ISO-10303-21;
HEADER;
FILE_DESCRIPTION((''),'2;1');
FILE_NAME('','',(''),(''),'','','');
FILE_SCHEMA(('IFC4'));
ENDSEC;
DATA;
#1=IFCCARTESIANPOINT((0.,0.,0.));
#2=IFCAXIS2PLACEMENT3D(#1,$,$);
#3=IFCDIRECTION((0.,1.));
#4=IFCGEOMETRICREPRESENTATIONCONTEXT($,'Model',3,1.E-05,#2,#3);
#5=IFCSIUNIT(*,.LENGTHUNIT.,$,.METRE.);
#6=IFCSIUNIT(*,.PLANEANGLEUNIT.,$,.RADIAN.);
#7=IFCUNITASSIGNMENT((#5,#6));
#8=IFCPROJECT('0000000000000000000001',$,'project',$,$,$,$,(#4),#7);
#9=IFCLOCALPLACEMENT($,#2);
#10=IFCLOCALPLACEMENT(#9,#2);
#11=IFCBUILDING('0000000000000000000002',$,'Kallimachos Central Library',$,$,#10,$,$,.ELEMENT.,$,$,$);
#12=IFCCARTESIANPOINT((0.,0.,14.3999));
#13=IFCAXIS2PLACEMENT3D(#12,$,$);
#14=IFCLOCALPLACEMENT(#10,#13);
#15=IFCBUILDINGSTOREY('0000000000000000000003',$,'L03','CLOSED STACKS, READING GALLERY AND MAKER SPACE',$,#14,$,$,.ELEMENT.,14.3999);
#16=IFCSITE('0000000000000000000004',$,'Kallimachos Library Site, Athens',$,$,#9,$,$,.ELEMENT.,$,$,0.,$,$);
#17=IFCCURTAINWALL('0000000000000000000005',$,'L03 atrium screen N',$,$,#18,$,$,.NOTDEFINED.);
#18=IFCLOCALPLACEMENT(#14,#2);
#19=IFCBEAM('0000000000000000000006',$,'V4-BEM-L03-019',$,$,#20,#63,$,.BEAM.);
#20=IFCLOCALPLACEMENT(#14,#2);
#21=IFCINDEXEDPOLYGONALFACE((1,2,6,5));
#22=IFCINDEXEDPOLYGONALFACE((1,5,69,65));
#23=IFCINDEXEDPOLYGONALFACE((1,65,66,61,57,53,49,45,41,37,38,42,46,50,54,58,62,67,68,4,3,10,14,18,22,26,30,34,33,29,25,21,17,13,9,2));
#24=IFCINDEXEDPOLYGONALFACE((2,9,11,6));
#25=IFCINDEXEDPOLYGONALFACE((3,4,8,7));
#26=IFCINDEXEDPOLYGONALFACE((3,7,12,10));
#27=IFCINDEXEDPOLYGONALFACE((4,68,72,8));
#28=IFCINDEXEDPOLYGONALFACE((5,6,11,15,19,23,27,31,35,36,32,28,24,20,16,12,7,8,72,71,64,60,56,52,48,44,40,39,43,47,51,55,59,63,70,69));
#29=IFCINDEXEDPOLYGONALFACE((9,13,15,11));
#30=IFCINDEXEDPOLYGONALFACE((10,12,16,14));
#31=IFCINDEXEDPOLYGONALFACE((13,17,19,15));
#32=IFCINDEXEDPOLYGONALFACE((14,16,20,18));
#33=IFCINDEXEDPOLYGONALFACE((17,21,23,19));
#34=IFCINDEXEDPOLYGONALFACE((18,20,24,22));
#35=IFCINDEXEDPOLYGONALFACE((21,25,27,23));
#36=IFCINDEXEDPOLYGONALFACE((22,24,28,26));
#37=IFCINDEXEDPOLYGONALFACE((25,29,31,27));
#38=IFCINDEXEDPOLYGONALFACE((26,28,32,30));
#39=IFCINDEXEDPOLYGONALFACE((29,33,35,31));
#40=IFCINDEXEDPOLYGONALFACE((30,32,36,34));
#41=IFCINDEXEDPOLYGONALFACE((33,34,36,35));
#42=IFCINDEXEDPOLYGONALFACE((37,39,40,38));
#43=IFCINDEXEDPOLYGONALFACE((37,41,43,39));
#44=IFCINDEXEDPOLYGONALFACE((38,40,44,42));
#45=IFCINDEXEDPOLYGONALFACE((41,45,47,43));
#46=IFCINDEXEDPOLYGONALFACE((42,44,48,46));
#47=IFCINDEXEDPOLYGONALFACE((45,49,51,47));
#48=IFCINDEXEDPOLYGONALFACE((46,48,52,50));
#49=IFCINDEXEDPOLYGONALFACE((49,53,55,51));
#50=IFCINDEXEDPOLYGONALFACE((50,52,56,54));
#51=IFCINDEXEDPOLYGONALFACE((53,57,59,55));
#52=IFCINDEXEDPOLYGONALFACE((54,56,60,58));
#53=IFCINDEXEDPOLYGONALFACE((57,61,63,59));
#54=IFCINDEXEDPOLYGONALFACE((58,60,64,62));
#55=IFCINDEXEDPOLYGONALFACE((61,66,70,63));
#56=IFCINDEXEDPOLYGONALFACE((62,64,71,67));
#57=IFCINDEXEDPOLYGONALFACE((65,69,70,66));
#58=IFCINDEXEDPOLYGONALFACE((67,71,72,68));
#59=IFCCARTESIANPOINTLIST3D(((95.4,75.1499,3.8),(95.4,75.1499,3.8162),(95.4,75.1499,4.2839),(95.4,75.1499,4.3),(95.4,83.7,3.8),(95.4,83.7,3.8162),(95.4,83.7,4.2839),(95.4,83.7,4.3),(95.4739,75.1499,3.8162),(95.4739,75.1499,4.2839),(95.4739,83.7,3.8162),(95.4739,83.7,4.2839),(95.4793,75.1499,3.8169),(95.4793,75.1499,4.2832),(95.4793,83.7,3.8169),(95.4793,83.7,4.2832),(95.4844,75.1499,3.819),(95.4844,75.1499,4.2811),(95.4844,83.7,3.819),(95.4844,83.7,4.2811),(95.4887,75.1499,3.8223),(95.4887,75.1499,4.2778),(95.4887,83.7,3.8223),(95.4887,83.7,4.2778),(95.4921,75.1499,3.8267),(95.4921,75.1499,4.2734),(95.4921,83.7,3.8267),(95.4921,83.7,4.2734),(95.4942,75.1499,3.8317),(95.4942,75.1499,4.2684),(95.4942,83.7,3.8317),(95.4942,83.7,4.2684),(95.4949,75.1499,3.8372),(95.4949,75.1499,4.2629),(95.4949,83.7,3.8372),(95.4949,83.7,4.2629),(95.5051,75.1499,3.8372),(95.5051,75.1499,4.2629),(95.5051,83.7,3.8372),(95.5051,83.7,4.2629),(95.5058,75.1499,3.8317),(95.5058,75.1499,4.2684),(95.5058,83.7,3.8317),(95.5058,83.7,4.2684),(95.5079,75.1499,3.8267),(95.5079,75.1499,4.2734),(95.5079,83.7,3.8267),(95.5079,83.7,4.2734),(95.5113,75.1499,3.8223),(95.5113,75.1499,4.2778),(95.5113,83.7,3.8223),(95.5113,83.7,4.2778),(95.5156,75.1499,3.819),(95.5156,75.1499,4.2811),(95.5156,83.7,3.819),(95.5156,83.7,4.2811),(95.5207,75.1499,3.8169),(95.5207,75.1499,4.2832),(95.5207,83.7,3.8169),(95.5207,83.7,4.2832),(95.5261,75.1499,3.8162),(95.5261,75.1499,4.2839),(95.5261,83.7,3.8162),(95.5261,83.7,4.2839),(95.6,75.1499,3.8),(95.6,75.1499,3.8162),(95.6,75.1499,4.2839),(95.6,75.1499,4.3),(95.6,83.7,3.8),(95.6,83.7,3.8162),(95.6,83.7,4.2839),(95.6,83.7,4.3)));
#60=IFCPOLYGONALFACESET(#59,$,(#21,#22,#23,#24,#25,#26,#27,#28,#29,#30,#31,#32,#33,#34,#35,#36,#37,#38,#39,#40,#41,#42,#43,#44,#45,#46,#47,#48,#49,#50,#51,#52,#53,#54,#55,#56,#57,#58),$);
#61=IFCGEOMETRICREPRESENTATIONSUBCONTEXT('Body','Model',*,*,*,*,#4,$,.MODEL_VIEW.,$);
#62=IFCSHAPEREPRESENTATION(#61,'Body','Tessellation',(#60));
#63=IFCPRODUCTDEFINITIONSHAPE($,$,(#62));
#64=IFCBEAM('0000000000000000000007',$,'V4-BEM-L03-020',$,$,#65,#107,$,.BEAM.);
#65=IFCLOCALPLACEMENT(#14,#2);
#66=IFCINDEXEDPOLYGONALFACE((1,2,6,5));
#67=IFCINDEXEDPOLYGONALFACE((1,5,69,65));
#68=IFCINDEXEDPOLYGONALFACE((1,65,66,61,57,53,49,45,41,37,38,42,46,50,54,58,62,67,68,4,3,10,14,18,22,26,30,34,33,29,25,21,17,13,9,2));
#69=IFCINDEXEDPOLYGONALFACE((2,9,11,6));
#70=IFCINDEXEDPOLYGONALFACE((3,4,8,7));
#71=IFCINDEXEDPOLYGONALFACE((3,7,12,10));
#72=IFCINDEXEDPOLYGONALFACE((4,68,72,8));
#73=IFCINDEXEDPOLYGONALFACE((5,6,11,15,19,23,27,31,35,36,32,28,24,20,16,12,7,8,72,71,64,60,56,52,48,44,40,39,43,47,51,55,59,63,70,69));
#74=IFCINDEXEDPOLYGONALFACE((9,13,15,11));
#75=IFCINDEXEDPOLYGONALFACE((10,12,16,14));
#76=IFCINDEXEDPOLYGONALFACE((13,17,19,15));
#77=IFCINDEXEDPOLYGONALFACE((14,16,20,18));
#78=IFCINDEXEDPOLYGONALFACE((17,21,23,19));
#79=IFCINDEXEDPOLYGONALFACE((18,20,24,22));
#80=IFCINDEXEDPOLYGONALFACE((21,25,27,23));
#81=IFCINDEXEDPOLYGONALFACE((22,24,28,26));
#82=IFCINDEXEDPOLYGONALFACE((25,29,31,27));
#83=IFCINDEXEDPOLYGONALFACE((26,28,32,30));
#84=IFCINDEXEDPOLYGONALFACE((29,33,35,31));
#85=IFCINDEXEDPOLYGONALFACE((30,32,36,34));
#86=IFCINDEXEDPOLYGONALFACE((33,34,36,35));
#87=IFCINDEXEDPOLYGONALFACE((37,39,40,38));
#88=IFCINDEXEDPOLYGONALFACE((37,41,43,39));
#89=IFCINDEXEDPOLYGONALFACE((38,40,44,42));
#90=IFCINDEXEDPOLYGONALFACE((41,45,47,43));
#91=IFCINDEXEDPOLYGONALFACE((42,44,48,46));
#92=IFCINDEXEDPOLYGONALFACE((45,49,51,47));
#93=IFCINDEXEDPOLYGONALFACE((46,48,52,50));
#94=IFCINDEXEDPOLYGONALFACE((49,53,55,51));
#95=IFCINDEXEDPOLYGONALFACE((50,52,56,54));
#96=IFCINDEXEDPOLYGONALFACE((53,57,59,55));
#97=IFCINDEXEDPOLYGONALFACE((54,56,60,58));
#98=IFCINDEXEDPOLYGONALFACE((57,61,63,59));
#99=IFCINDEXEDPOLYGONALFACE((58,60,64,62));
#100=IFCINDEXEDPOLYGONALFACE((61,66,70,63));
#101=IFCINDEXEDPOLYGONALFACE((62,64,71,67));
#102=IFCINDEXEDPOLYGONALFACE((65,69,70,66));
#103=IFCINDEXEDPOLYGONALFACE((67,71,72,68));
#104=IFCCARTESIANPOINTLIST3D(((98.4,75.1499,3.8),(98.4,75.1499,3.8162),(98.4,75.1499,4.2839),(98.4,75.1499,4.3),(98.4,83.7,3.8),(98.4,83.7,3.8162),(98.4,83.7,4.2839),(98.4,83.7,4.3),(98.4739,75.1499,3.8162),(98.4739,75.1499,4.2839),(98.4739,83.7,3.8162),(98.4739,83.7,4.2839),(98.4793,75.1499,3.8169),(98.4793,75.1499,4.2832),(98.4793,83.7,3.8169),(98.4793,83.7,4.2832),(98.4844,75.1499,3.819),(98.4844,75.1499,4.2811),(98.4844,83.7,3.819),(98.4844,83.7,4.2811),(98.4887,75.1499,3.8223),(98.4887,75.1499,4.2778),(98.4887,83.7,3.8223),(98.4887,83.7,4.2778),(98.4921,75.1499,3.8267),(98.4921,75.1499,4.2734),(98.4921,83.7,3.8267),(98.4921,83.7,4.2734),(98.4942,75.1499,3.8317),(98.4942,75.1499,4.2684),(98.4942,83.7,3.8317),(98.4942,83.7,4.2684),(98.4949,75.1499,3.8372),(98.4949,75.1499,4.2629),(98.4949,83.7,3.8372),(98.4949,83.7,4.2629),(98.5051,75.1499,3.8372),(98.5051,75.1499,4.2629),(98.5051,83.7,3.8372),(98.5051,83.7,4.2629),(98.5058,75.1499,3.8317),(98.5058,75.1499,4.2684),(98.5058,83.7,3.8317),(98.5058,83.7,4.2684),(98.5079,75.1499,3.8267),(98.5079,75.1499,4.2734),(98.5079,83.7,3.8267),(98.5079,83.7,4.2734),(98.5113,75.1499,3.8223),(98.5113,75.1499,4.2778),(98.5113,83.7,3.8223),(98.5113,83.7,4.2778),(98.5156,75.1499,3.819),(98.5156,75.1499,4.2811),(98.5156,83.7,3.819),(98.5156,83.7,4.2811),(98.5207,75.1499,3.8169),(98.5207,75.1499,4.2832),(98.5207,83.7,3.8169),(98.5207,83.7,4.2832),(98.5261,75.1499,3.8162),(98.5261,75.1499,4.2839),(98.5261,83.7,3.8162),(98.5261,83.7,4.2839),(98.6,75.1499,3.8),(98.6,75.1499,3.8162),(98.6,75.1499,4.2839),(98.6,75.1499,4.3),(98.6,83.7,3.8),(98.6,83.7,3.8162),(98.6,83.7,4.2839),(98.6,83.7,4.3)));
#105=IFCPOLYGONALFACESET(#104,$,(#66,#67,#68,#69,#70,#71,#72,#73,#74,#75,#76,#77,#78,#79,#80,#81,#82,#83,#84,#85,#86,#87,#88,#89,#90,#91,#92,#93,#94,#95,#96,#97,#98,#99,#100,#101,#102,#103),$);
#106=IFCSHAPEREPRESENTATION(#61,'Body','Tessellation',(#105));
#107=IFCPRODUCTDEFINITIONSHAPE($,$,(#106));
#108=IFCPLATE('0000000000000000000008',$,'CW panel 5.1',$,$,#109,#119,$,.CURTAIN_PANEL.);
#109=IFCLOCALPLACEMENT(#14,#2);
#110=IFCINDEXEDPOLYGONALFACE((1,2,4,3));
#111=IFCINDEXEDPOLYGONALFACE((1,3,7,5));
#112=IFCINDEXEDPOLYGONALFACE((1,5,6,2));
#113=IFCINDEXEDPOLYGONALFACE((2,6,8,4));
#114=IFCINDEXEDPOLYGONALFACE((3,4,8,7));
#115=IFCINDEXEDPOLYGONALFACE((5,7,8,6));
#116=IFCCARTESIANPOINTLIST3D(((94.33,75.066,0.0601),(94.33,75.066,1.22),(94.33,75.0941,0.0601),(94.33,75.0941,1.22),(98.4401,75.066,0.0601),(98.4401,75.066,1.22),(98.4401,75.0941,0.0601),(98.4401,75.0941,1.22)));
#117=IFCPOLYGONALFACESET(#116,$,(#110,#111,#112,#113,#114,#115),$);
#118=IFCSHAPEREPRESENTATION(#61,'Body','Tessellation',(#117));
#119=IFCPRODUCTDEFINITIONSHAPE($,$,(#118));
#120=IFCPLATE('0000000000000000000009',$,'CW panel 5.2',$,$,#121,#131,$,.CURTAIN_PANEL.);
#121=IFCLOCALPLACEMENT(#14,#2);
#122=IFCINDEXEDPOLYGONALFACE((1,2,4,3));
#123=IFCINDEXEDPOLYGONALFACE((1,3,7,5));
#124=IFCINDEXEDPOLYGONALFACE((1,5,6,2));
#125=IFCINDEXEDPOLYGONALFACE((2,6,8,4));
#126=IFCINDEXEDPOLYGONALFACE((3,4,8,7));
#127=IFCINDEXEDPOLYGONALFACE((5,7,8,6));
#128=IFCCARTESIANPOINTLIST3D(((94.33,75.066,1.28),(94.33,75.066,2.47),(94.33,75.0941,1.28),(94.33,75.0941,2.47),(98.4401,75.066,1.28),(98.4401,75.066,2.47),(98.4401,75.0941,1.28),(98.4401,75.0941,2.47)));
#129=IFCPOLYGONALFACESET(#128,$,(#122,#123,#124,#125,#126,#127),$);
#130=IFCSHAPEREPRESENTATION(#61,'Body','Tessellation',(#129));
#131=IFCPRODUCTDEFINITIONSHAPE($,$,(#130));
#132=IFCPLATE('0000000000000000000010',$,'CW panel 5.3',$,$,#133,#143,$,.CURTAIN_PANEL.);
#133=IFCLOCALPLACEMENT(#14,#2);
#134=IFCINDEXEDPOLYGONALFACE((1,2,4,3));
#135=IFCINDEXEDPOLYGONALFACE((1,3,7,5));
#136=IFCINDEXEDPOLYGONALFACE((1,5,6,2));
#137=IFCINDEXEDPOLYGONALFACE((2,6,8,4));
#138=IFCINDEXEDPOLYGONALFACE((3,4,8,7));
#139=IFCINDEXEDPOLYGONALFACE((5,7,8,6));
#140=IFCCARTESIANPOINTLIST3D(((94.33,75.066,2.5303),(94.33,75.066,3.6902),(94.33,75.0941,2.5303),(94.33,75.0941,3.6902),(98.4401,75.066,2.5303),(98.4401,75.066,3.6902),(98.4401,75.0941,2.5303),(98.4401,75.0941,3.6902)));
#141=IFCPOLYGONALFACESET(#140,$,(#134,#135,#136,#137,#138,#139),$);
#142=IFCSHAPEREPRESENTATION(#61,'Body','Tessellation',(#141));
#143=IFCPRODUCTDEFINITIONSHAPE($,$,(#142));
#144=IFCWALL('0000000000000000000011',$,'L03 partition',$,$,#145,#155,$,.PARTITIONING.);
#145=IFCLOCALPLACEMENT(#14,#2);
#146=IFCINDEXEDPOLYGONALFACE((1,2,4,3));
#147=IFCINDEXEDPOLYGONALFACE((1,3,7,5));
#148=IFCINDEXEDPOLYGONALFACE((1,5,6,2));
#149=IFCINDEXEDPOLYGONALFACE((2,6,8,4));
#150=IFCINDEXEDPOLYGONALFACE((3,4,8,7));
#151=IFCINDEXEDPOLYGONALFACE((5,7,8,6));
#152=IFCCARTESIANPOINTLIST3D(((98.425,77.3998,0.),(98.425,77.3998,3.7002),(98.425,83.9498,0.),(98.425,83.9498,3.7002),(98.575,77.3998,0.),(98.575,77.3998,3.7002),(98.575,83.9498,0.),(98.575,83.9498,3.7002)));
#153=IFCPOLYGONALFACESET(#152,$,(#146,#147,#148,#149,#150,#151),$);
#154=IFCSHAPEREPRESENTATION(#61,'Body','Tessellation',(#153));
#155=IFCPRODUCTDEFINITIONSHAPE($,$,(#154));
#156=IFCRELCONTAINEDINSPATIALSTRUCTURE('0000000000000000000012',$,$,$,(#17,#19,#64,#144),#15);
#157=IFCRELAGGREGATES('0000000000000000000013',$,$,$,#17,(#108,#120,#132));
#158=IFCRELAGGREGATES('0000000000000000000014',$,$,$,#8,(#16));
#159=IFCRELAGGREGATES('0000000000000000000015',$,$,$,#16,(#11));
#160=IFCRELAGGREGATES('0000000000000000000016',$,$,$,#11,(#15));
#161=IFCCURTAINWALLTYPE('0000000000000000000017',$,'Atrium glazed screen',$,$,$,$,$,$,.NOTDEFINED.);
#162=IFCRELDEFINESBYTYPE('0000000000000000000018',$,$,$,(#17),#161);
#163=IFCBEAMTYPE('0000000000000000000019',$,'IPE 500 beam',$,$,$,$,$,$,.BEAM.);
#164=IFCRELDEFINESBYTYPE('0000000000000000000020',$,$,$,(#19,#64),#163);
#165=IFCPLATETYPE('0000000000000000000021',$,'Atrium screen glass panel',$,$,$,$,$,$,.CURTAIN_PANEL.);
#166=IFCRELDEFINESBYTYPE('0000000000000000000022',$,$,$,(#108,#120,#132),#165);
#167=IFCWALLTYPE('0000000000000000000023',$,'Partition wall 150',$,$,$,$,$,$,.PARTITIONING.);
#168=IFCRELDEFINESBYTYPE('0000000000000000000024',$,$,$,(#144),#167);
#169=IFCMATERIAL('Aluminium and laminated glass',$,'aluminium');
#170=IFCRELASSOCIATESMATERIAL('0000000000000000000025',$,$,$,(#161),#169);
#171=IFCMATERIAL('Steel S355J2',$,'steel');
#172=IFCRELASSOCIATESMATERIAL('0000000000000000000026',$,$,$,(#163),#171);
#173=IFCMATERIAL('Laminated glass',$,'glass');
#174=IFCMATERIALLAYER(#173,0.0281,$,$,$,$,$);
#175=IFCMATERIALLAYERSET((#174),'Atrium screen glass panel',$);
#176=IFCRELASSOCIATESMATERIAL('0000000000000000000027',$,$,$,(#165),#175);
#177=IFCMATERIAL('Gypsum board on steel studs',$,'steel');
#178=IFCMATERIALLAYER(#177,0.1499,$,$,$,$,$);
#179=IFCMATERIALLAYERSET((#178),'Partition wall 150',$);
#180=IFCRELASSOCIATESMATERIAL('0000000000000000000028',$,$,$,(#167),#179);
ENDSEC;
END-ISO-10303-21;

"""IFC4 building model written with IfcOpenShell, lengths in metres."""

from ifc_helpers import new_model, si_unit, direction, frame, frame_2d, origin, origin_2d, place, context, subcontext, project, spatial, rectangle, i_section, extrude, material, layer, layer_set, material_profile, profile_set, type_object, element, aggregate, save


model = new_model("IFC4")

# Units and contexts
model_context = context("Model", 3, precision=1e-05, world=origin(), true_north=direction((0.0, 1.0)))
body_context = subcontext(model_context, "Body", "Model", "MODEL_VIEW")
ifc_project = project(units=[si_unit("LENGTHUNIT", "METRE"), si_unit("PLANEANGLEUNIT", "RADIAN")], contexts=[model_context])

# Site, building, storey
site_placement = place(None, origin())
site = spatial("IfcSite", under=ifc_project, at=site_placement, Name="Kallimachos Library Site, Athens", CompositionType="ELEMENT", RefElevation=0.0)
building_placement = place(site_placement, origin())
building = spatial("IfcBuilding", under=site, at=building_placement, Name="Kallimachos Central Library", CompositionType="ELEMENT")
storey_placement = place(building_placement, frame((0.0, 0.0, 14.3999)))
storey = spatial("IfcBuildingStorey", under=building, at=storey_placement, Name="L03", Description="CLOSED STACKS, READING GALLERY AND MAKER SPACE", CompositionType="ELEMENT", Elevation=14.3999)

# Curtain wall
ifc_material_1 = material(Name="Aluminium and laminated glass", Category="aluminium")
curtain_wall_type = type_object("IfcCurtainWallType", Name="Atrium glazed screen", PredefinedType="NOTDEFINED", material=ifc_material_1)
curtain_wall_placement = place(storey_placement, origin())
curtain_wall = element("IfcCurtainWall", 1, at=curtain_wall_placement, inside=storey, type_object=curtain_wall_type, Name="L03 atrium screen N", PredefinedType="NOTDEFINED")

# Beams
ifc_material_2 = material(Name="Steel S355J2", Category="steel")
ifc_material_profile_1 = material_profile(ifc_material_2, i_section(OverallWidth=0.2, OverallDepth=0.5, WebThickness=0.0103, FlangeThickness=0.0161, FilletRadius=0.021, at=origin_2d()), Name="IPE 500")
ifc_profile_set_1 = profile_set([ifc_material_profile_1], Name="Steel S355J2")
beam_type_1 = type_object("IfcBeamType", Name="IPE 500 beam", PredefinedType="BEAM", material=ifc_profile_set_1)
for number, where, z_axis, x_axis, name in (
    (2, (95.5, 75.1499, 4.05), (0.0, 1.0, 0.0), (-1.0, 0.0, 0.0), "V4-BEM-L03-019"),
    (3, (98.5, 75.1499, 4.05), (0.0, 1.0, 0.0), (-1.0, 0.0, 0.0), "V4-BEM-L03-020"),
):
    element("IfcBeam", number, at=place(storey_placement, frame(where, z_axis=z_axis, x_axis=x_axis)), inside=storey, type_object=beam_type_1, Name=name, PredefinedType="BEAM", context=body_context, shape_type="SweptSolid", body=[
        extrude(i_section(OverallWidth=0.2, OverallDepth=0.5, WebThickness=0.0103, FlangeThickness=0.0161, FilletRadius=0.021, at=origin_2d()), origin(), (0.0, 0.0, 1.0), 8.55),
    ])

# Plates
ifc_material_3 = material(Name="Laminated glass", Category="glass")
ifc_layer_1 = layer(ifc_material_3, 0.0281)
ifc_layer_set_1 = layer_set([ifc_layer_1], Name="Atrium screen glass panel")
plate_type = type_object("IfcPlateType", Name="Atrium screen glass panel", PredefinedType="CURTAIN_PANEL", material=ifc_layer_set_1)
plate_1_placement = place(storey_placement, frame((96.385, 75.0801, 0.0601), z_axis=(0.0, 0.0, 1.0), x_axis=(1.0, 0.0, 0.0)))
plate_1 = element("IfcPlate", 4, at=plate_1_placement, type_object=plate_type, Name="CW panel 5.1", PredefinedType="CURTAIN_PANEL", context=body_context, shape_type="SweptSolid", body=[
    extrude(rectangle(XDim=4.1101, YDim=0.0281, at=origin_2d()), origin(), (0.0, 0.0, 1.0), 1.1599),
])
plate_2_placement = place(storey_placement, frame((96.385, 75.0801, 1.28), z_axis=(0.0, 0.0, 1.0), x_axis=(1.0, 0.0, 0.0)))
plate_2 = element("IfcPlate", 5, at=plate_2_placement, type_object=plate_type, Name="CW panel 5.2", PredefinedType="CURTAIN_PANEL", context=body_context, shape_type="SweptSolid", body=[
    extrude(rectangle(XDim=4.1101, YDim=0.0281, at=origin_2d()), origin(), (0.0, 0.0, 1.0), 1.1899),
])
plate_3_placement = place(storey_placement, frame((96.385, 75.0801, 2.5303), z_axis=(0.0, 0.0, 1.0), x_axis=(1.0, 0.0, 0.0)))
plate_3 = element("IfcPlate", 6, at=plate_3_placement, type_object=plate_type, Name="CW panel 5.3", PredefinedType="CURTAIN_PANEL", context=body_context, shape_type="SweptSolid", body=[
    extrude(rectangle(XDim=4.1101, YDim=0.0281, at=origin_2d()), origin(), (0.0, 0.0, 1.0), 1.1599),
])
aggregate(curtain_wall, [plate_1, plate_2, plate_3])

# Wall
ifc_material_4 = material(Name="Gypsum board on steel studs", Category="steel")
ifc_layer_2 = layer(ifc_material_4, 0.1499)
ifc_layer_set_2 = layer_set([ifc_layer_2], Name="Partition wall 150")
wall_type_1 = type_object("IfcWallType", Name="Partition wall 150", PredefinedType="PARTITIONING", material=ifc_layer_set_2)
wall_1_placement = place(storey_placement, frame((98.5, 77.3999, 0.0), z_axis=(0.0, 0.0, 1.0), x_axis=(0.0, 1.0, 0.0)))
element("IfcWall", 7, at=wall_1_placement, inside=storey, type_object=wall_type_1, Name="L03 partition", PredefinedType="PARTITIONING", context=body_context, shape_type="SweptSolid", body=[
    extrude(rectangle(XDim=6.55, YDim=0.1499, at=frame_2d((3.2749, 0.0))), origin(), (0.0, 0.0, 1.0), 3.7002),
])

save(model, "model.ifc")
